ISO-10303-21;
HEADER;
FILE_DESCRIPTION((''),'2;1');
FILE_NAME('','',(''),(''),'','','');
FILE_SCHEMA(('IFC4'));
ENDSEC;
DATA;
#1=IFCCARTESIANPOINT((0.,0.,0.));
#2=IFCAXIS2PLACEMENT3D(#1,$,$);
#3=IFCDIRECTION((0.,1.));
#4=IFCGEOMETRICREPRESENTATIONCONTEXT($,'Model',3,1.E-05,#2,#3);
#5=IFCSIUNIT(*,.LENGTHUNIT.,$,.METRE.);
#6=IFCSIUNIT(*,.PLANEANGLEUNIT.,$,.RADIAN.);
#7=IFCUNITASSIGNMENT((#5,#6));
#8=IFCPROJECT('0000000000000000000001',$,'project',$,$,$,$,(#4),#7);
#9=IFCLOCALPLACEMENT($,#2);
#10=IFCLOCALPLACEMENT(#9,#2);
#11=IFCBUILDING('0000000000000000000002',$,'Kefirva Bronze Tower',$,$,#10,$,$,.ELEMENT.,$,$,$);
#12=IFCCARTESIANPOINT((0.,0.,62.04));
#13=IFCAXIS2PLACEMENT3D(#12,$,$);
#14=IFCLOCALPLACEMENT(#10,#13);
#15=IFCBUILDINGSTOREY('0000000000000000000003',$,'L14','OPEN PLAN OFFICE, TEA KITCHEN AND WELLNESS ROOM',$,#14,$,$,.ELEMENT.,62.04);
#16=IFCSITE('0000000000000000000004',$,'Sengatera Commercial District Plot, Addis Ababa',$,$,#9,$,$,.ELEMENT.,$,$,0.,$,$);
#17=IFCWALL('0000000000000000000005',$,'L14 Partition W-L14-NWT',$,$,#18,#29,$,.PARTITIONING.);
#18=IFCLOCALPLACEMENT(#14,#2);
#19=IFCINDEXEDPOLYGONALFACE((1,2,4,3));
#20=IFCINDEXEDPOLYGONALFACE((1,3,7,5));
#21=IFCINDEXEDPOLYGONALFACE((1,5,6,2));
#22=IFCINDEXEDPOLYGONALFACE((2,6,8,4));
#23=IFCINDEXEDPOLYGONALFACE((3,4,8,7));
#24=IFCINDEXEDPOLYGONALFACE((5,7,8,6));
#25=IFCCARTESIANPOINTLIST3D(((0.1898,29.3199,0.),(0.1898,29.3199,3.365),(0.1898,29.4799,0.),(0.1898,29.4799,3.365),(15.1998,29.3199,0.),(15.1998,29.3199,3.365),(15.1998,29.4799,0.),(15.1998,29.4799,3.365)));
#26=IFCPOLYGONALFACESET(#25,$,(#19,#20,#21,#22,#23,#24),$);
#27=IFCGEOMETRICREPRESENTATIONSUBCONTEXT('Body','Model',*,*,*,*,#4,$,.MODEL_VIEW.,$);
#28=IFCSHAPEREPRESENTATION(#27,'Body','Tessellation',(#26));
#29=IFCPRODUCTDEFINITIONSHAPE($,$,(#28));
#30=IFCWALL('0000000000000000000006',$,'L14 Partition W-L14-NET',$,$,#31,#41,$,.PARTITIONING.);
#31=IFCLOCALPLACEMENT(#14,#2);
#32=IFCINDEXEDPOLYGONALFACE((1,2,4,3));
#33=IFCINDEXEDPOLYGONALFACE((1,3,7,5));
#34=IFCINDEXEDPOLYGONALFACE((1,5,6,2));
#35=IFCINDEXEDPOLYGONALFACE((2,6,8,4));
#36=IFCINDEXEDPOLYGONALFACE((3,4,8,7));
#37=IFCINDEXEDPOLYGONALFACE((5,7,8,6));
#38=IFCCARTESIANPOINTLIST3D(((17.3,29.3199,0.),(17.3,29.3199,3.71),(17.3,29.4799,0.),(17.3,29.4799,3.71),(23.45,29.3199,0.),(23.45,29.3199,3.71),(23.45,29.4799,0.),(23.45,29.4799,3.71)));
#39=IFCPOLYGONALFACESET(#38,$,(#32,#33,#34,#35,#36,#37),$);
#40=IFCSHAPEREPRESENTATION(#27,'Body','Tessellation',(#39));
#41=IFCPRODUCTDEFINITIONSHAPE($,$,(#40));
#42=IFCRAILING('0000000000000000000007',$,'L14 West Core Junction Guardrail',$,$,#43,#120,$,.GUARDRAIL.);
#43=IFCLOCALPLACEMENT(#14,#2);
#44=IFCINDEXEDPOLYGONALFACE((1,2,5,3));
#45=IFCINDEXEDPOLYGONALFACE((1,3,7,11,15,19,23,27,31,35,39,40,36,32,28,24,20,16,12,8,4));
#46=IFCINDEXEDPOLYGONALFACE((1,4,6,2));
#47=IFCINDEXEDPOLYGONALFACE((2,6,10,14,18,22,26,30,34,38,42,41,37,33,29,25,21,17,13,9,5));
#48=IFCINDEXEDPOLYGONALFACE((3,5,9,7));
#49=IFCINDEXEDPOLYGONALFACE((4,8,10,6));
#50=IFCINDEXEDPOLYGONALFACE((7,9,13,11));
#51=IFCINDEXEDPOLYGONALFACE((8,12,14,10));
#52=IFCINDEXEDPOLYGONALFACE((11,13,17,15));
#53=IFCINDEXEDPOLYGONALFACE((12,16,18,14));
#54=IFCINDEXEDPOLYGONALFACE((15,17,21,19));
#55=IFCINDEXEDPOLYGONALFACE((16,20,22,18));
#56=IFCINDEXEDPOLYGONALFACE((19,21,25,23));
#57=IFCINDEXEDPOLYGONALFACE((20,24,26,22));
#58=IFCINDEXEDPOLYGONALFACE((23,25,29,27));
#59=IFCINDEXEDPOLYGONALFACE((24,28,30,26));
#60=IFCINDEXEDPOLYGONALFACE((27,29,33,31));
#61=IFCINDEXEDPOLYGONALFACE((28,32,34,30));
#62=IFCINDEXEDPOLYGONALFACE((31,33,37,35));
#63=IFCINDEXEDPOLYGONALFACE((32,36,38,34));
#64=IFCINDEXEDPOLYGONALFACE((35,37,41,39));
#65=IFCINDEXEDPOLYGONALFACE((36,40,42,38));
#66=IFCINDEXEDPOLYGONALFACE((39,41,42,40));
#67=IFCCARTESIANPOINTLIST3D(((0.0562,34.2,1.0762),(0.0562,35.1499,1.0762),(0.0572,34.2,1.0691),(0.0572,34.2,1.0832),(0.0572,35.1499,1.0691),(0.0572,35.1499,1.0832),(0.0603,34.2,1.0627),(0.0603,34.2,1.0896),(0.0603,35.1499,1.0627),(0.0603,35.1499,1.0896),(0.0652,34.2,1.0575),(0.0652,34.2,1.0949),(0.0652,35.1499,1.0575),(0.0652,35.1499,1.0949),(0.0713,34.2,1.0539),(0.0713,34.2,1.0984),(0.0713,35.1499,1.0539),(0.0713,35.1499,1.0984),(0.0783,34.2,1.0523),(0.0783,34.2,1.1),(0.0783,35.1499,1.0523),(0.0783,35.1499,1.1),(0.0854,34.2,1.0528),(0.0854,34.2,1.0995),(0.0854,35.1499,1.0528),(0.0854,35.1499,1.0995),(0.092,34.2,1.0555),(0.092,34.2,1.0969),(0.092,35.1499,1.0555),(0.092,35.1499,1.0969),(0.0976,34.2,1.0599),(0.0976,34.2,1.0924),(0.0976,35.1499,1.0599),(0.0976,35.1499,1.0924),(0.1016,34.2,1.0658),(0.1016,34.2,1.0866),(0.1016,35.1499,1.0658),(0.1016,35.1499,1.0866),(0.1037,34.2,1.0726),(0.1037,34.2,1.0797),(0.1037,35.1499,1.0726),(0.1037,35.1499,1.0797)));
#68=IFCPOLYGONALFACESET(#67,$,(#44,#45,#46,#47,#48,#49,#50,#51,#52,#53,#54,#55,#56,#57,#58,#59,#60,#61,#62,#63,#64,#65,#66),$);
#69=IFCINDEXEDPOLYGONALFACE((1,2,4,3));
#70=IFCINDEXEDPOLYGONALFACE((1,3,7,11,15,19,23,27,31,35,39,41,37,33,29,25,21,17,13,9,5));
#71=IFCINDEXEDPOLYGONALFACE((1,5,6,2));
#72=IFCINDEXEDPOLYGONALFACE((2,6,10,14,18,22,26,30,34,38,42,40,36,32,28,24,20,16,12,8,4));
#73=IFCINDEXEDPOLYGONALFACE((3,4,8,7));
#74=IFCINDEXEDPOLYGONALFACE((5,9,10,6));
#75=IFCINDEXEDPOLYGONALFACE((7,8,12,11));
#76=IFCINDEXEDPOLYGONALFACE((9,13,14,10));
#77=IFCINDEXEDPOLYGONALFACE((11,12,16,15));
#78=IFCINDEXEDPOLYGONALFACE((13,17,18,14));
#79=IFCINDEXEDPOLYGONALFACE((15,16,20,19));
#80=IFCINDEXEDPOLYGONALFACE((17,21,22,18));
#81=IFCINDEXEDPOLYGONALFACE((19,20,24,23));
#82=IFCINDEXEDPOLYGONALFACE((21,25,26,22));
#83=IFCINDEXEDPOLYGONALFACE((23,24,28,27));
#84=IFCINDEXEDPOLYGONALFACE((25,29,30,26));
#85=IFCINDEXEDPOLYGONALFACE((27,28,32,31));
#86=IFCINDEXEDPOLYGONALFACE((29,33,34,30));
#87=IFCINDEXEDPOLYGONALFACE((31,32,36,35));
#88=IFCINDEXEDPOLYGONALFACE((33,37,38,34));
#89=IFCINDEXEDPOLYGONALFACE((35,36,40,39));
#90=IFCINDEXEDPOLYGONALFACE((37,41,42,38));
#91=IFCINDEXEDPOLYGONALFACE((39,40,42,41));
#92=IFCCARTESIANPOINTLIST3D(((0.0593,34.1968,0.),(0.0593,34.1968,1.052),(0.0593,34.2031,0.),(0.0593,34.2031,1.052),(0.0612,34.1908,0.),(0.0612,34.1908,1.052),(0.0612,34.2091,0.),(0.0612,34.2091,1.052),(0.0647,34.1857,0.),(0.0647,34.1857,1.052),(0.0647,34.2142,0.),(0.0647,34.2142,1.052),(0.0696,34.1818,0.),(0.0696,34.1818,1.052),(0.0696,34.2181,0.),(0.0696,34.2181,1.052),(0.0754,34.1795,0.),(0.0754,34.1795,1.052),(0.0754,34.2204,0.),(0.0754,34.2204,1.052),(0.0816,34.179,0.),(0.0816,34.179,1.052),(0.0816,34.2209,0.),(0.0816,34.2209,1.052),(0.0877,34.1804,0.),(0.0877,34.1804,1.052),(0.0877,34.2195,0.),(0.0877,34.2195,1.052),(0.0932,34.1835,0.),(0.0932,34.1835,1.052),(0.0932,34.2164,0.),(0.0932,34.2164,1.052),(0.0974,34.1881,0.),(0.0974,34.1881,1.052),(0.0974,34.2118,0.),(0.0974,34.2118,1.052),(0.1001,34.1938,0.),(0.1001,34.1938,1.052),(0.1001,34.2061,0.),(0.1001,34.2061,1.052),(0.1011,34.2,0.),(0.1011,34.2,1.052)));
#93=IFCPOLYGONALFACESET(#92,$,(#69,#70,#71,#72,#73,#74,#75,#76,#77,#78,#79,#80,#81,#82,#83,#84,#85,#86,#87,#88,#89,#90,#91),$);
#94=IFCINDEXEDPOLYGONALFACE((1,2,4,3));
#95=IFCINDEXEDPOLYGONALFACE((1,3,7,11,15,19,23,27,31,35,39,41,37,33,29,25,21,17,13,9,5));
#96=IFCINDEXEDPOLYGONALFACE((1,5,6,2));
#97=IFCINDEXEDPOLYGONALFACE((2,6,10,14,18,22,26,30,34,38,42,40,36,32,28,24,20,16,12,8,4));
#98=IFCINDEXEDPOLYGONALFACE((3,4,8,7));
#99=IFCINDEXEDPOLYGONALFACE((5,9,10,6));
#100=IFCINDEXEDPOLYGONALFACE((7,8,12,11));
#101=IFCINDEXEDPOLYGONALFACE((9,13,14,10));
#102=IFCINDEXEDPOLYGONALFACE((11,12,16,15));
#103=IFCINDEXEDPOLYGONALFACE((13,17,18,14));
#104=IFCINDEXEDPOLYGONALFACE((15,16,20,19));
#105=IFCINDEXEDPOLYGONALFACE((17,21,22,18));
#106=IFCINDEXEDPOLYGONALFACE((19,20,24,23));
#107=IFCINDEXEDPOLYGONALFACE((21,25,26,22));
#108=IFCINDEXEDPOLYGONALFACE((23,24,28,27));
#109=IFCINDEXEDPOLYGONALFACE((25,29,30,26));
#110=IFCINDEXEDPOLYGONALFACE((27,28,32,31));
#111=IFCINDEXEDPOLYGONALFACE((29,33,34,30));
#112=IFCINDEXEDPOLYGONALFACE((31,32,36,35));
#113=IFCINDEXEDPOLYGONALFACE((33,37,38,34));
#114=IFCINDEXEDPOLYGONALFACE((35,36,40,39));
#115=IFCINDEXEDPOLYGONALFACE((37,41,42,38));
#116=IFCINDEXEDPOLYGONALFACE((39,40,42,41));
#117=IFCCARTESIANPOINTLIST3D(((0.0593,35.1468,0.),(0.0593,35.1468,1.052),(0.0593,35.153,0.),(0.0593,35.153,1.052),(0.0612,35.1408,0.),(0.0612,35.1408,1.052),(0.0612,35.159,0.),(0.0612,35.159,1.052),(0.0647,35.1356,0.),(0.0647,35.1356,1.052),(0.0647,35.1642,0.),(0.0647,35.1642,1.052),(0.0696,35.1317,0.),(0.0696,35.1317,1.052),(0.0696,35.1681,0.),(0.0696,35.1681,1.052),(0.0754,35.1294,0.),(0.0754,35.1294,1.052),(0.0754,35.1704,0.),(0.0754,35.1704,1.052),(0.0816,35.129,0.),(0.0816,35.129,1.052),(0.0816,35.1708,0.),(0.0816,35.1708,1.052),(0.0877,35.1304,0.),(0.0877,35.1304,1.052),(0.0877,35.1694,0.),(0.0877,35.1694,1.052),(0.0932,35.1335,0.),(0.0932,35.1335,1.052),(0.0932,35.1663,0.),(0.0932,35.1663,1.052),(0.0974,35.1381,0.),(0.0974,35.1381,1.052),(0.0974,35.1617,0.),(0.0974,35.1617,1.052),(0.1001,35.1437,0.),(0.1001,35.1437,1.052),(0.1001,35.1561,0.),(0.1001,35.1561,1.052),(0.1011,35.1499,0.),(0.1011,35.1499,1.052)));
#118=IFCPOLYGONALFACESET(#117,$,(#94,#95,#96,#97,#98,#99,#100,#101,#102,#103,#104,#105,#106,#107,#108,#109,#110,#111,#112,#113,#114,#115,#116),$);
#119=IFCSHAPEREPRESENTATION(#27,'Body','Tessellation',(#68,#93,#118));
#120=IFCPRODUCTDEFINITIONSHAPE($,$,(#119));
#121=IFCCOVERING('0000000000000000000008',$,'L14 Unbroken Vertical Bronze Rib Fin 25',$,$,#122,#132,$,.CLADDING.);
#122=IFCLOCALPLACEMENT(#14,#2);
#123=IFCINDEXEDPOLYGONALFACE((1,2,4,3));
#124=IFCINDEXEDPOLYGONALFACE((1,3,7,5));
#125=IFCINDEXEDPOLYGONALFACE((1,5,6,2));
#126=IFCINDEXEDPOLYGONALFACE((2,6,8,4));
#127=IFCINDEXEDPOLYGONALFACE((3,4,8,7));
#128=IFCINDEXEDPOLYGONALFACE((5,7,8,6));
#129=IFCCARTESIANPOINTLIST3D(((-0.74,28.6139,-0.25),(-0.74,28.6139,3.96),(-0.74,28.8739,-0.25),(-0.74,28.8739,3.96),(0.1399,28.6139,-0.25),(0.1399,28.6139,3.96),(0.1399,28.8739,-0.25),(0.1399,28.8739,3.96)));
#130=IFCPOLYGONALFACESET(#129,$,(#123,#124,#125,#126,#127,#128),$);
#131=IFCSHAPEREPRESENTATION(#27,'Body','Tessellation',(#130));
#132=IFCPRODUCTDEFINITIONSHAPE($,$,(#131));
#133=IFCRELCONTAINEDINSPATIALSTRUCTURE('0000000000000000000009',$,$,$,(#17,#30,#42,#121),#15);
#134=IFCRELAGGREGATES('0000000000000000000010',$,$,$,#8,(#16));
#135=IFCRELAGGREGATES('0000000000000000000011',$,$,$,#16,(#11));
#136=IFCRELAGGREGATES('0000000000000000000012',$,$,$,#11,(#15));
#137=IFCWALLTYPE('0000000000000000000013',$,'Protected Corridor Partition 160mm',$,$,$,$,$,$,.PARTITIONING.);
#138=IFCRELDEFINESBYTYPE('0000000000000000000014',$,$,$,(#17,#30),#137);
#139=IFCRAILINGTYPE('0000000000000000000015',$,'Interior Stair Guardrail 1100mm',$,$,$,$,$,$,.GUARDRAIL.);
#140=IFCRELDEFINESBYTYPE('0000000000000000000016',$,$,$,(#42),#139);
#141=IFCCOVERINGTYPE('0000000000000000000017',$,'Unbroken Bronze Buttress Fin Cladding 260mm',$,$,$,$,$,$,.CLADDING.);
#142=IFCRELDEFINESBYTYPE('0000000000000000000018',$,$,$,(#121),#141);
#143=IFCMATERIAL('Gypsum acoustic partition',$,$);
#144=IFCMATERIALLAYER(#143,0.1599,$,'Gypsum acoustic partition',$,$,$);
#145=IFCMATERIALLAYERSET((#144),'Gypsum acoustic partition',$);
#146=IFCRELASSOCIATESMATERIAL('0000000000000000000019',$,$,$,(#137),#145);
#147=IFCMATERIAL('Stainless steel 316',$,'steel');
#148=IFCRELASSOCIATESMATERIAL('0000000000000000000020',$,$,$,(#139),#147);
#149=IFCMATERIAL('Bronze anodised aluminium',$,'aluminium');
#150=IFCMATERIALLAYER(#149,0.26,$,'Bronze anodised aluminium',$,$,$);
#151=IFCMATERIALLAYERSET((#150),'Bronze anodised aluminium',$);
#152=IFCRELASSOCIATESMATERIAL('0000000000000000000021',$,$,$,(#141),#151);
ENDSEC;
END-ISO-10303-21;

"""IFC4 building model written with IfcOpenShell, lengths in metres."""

from ifc_helpers import new_model, si_unit, direction, frame, frame_2d, origin, origin_2d, place, context, subcontext, project, spatial, rectangle, circle, extrude, material, layer, layer_set, type_object, element, save


model = new_model("IFC4")

# Units and contexts
model_context = context("Model", 3, precision=1e-05, world=origin(), true_north=direction((0.0, 1.0)))
body_context = subcontext(model_context, "Body", "Model", "MODEL_VIEW")
ifc_project = project(units=[si_unit("LENGTHUNIT", "METRE"), si_unit("PLANEANGLEUNIT", "RADIAN")], contexts=[model_context])

# Site, building, storey
site_placement = place(None, origin())
site = spatial("IfcSite", under=ifc_project, at=site_placement, Name="Sengatera Commercial District Plot, Addis Ababa", CompositionType="ELEMENT", RefElevation=0.0)
building_placement = place(site_placement, origin())
building = spatial("IfcBuilding", under=site, at=building_placement, Name="Kefirva Bronze Tower", CompositionType="ELEMENT")
storey_placement = place(building_placement, frame((0.0, 0.0, 62.04)))
storey = spatial("IfcBuildingStorey", under=building, at=storey_placement, Name="L14", Description="OPEN PLAN OFFICE, TEA KITCHEN AND WELLNESS ROOM", CompositionType="ELEMENT", Elevation=62.04)

# Shared definitions
ifc_material_1 = material(Name="Bronze anodised aluminium", Category="aluminium")

# Walls
ifc_material_2 = material(Name="Gypsum acoustic partition")
ifc_layer_1 = layer(ifc_material_2, 0.1599, Name="Gypsum acoustic partition")
ifc_layer_set_1 = layer_set([ifc_layer_1], Name="Gypsum acoustic partition")
wall_type_1 = type_object("IfcWallType", Name="Protected Corridor Partition 160mm", PredefinedType="PARTITIONING", material=ifc_layer_set_1)
wall_1_placement = place(storey_placement, frame((0.1899, 29.3999, 0.0), z_axis=(0.0, 0.0, 1.0), x_axis=(1.0, 0.0, 0.0)))
element("IfcWall", 1, at=wall_1_placement, inside=storey, type_object=wall_type_1, Name="L14 Partition W-L14-NWT", PredefinedType="PARTITIONING", context=body_context, shape_type="SweptSolid", body=[
    extrude(rectangle(XDim=15.01, YDim=0.1599, at=frame_2d((7.5049, 0.0))), origin(), (0.0, 0.0, 1.0), 3.365),
])
wall_2_placement = place(storey_placement, frame((17.3, 29.3999, 0.0), z_axis=(0.0, 0.0, 1.0), x_axis=(1.0, 0.0, 0.0)))
element("IfcWall", 2, at=wall_2_placement, inside=storey, type_object=wall_type_1, Name="L14 Partition W-L14-NET", PredefinedType="PARTITIONING", context=body_context, shape_type="SweptSolid", body=[
    extrude(rectangle(XDim=6.1499, YDim=0.1599, at=frame_2d((3.075, 0.0))), origin(), (0.0, 0.0, 1.0), 3.71),
])

# Railing
ifc_material_3 = material(Name="Stainless steel 316", Category="steel")
railing_type = type_object("IfcRailingType", Name="Interior Stair Guardrail 1100mm", PredefinedType="GUARDRAIL", material=ifc_material_3)
railing_placement = place(storey_placement, frame((0.0801, 34.2, 0.0)))
element("IfcRailing", 3, at=railing_placement, inside=storey, type_object=railing_type, Name="L14 West Core Junction Guardrail", PredefinedType="GUARDRAIL", context=body_context, shape_type="SweptSolid", body=[
    extrude(circle(Radius=0.0239, at=origin_2d()), frame((0.0, 0.0, 1.0762), z_axis=(0.0, 1.0, 0.0), x_axis=(-1.0, 0.0, 0.0)), (0.0, 0.0, 1.0), 0.95),
    extrude(circle(Radius=0.021, at=origin_2d()), origin(), (0.0, 0.0, 1.0), 1.052),
    extrude(circle(Radius=0.021, at=origin_2d()), frame((0.0, 0.95, 0.0)), (0.0, 0.0, 1.0), 1.052),
])

# Covering
ifc_layer_2 = layer(ifc_material_1, 0.26, Name="Bronze anodised aluminium")
ifc_layer_set_2 = layer_set([ifc_layer_2], Name="Bronze anodised aluminium")
covering_type = type_object("IfcCoveringType", Name="Unbroken Bronze Buttress Fin Cladding 260mm", PredefinedType="CLADDING", material=ifc_layer_set_2)
covering_placement = place(storey_placement, frame((-0.3, 28.7439, -0.25), z_axis=(0.0, 0.0, 1.0), x_axis=(0.0, -1.0, 0.0)))
element("IfcCovering", 4, at=covering_placement, inside=storey, type_object=covering_type, Name="L14 Unbroken Vertical Bronze Rib Fin 25", PredefinedType="CLADDING", context=body_context, shape_type="SweptSolid", body=[
    extrude(rectangle(XDim=0.26, YDim=0.8799, at=origin_2d()), origin(), (0.0, 0.0, 1.0), 4.21),
])

save(model, "model.ifc")
